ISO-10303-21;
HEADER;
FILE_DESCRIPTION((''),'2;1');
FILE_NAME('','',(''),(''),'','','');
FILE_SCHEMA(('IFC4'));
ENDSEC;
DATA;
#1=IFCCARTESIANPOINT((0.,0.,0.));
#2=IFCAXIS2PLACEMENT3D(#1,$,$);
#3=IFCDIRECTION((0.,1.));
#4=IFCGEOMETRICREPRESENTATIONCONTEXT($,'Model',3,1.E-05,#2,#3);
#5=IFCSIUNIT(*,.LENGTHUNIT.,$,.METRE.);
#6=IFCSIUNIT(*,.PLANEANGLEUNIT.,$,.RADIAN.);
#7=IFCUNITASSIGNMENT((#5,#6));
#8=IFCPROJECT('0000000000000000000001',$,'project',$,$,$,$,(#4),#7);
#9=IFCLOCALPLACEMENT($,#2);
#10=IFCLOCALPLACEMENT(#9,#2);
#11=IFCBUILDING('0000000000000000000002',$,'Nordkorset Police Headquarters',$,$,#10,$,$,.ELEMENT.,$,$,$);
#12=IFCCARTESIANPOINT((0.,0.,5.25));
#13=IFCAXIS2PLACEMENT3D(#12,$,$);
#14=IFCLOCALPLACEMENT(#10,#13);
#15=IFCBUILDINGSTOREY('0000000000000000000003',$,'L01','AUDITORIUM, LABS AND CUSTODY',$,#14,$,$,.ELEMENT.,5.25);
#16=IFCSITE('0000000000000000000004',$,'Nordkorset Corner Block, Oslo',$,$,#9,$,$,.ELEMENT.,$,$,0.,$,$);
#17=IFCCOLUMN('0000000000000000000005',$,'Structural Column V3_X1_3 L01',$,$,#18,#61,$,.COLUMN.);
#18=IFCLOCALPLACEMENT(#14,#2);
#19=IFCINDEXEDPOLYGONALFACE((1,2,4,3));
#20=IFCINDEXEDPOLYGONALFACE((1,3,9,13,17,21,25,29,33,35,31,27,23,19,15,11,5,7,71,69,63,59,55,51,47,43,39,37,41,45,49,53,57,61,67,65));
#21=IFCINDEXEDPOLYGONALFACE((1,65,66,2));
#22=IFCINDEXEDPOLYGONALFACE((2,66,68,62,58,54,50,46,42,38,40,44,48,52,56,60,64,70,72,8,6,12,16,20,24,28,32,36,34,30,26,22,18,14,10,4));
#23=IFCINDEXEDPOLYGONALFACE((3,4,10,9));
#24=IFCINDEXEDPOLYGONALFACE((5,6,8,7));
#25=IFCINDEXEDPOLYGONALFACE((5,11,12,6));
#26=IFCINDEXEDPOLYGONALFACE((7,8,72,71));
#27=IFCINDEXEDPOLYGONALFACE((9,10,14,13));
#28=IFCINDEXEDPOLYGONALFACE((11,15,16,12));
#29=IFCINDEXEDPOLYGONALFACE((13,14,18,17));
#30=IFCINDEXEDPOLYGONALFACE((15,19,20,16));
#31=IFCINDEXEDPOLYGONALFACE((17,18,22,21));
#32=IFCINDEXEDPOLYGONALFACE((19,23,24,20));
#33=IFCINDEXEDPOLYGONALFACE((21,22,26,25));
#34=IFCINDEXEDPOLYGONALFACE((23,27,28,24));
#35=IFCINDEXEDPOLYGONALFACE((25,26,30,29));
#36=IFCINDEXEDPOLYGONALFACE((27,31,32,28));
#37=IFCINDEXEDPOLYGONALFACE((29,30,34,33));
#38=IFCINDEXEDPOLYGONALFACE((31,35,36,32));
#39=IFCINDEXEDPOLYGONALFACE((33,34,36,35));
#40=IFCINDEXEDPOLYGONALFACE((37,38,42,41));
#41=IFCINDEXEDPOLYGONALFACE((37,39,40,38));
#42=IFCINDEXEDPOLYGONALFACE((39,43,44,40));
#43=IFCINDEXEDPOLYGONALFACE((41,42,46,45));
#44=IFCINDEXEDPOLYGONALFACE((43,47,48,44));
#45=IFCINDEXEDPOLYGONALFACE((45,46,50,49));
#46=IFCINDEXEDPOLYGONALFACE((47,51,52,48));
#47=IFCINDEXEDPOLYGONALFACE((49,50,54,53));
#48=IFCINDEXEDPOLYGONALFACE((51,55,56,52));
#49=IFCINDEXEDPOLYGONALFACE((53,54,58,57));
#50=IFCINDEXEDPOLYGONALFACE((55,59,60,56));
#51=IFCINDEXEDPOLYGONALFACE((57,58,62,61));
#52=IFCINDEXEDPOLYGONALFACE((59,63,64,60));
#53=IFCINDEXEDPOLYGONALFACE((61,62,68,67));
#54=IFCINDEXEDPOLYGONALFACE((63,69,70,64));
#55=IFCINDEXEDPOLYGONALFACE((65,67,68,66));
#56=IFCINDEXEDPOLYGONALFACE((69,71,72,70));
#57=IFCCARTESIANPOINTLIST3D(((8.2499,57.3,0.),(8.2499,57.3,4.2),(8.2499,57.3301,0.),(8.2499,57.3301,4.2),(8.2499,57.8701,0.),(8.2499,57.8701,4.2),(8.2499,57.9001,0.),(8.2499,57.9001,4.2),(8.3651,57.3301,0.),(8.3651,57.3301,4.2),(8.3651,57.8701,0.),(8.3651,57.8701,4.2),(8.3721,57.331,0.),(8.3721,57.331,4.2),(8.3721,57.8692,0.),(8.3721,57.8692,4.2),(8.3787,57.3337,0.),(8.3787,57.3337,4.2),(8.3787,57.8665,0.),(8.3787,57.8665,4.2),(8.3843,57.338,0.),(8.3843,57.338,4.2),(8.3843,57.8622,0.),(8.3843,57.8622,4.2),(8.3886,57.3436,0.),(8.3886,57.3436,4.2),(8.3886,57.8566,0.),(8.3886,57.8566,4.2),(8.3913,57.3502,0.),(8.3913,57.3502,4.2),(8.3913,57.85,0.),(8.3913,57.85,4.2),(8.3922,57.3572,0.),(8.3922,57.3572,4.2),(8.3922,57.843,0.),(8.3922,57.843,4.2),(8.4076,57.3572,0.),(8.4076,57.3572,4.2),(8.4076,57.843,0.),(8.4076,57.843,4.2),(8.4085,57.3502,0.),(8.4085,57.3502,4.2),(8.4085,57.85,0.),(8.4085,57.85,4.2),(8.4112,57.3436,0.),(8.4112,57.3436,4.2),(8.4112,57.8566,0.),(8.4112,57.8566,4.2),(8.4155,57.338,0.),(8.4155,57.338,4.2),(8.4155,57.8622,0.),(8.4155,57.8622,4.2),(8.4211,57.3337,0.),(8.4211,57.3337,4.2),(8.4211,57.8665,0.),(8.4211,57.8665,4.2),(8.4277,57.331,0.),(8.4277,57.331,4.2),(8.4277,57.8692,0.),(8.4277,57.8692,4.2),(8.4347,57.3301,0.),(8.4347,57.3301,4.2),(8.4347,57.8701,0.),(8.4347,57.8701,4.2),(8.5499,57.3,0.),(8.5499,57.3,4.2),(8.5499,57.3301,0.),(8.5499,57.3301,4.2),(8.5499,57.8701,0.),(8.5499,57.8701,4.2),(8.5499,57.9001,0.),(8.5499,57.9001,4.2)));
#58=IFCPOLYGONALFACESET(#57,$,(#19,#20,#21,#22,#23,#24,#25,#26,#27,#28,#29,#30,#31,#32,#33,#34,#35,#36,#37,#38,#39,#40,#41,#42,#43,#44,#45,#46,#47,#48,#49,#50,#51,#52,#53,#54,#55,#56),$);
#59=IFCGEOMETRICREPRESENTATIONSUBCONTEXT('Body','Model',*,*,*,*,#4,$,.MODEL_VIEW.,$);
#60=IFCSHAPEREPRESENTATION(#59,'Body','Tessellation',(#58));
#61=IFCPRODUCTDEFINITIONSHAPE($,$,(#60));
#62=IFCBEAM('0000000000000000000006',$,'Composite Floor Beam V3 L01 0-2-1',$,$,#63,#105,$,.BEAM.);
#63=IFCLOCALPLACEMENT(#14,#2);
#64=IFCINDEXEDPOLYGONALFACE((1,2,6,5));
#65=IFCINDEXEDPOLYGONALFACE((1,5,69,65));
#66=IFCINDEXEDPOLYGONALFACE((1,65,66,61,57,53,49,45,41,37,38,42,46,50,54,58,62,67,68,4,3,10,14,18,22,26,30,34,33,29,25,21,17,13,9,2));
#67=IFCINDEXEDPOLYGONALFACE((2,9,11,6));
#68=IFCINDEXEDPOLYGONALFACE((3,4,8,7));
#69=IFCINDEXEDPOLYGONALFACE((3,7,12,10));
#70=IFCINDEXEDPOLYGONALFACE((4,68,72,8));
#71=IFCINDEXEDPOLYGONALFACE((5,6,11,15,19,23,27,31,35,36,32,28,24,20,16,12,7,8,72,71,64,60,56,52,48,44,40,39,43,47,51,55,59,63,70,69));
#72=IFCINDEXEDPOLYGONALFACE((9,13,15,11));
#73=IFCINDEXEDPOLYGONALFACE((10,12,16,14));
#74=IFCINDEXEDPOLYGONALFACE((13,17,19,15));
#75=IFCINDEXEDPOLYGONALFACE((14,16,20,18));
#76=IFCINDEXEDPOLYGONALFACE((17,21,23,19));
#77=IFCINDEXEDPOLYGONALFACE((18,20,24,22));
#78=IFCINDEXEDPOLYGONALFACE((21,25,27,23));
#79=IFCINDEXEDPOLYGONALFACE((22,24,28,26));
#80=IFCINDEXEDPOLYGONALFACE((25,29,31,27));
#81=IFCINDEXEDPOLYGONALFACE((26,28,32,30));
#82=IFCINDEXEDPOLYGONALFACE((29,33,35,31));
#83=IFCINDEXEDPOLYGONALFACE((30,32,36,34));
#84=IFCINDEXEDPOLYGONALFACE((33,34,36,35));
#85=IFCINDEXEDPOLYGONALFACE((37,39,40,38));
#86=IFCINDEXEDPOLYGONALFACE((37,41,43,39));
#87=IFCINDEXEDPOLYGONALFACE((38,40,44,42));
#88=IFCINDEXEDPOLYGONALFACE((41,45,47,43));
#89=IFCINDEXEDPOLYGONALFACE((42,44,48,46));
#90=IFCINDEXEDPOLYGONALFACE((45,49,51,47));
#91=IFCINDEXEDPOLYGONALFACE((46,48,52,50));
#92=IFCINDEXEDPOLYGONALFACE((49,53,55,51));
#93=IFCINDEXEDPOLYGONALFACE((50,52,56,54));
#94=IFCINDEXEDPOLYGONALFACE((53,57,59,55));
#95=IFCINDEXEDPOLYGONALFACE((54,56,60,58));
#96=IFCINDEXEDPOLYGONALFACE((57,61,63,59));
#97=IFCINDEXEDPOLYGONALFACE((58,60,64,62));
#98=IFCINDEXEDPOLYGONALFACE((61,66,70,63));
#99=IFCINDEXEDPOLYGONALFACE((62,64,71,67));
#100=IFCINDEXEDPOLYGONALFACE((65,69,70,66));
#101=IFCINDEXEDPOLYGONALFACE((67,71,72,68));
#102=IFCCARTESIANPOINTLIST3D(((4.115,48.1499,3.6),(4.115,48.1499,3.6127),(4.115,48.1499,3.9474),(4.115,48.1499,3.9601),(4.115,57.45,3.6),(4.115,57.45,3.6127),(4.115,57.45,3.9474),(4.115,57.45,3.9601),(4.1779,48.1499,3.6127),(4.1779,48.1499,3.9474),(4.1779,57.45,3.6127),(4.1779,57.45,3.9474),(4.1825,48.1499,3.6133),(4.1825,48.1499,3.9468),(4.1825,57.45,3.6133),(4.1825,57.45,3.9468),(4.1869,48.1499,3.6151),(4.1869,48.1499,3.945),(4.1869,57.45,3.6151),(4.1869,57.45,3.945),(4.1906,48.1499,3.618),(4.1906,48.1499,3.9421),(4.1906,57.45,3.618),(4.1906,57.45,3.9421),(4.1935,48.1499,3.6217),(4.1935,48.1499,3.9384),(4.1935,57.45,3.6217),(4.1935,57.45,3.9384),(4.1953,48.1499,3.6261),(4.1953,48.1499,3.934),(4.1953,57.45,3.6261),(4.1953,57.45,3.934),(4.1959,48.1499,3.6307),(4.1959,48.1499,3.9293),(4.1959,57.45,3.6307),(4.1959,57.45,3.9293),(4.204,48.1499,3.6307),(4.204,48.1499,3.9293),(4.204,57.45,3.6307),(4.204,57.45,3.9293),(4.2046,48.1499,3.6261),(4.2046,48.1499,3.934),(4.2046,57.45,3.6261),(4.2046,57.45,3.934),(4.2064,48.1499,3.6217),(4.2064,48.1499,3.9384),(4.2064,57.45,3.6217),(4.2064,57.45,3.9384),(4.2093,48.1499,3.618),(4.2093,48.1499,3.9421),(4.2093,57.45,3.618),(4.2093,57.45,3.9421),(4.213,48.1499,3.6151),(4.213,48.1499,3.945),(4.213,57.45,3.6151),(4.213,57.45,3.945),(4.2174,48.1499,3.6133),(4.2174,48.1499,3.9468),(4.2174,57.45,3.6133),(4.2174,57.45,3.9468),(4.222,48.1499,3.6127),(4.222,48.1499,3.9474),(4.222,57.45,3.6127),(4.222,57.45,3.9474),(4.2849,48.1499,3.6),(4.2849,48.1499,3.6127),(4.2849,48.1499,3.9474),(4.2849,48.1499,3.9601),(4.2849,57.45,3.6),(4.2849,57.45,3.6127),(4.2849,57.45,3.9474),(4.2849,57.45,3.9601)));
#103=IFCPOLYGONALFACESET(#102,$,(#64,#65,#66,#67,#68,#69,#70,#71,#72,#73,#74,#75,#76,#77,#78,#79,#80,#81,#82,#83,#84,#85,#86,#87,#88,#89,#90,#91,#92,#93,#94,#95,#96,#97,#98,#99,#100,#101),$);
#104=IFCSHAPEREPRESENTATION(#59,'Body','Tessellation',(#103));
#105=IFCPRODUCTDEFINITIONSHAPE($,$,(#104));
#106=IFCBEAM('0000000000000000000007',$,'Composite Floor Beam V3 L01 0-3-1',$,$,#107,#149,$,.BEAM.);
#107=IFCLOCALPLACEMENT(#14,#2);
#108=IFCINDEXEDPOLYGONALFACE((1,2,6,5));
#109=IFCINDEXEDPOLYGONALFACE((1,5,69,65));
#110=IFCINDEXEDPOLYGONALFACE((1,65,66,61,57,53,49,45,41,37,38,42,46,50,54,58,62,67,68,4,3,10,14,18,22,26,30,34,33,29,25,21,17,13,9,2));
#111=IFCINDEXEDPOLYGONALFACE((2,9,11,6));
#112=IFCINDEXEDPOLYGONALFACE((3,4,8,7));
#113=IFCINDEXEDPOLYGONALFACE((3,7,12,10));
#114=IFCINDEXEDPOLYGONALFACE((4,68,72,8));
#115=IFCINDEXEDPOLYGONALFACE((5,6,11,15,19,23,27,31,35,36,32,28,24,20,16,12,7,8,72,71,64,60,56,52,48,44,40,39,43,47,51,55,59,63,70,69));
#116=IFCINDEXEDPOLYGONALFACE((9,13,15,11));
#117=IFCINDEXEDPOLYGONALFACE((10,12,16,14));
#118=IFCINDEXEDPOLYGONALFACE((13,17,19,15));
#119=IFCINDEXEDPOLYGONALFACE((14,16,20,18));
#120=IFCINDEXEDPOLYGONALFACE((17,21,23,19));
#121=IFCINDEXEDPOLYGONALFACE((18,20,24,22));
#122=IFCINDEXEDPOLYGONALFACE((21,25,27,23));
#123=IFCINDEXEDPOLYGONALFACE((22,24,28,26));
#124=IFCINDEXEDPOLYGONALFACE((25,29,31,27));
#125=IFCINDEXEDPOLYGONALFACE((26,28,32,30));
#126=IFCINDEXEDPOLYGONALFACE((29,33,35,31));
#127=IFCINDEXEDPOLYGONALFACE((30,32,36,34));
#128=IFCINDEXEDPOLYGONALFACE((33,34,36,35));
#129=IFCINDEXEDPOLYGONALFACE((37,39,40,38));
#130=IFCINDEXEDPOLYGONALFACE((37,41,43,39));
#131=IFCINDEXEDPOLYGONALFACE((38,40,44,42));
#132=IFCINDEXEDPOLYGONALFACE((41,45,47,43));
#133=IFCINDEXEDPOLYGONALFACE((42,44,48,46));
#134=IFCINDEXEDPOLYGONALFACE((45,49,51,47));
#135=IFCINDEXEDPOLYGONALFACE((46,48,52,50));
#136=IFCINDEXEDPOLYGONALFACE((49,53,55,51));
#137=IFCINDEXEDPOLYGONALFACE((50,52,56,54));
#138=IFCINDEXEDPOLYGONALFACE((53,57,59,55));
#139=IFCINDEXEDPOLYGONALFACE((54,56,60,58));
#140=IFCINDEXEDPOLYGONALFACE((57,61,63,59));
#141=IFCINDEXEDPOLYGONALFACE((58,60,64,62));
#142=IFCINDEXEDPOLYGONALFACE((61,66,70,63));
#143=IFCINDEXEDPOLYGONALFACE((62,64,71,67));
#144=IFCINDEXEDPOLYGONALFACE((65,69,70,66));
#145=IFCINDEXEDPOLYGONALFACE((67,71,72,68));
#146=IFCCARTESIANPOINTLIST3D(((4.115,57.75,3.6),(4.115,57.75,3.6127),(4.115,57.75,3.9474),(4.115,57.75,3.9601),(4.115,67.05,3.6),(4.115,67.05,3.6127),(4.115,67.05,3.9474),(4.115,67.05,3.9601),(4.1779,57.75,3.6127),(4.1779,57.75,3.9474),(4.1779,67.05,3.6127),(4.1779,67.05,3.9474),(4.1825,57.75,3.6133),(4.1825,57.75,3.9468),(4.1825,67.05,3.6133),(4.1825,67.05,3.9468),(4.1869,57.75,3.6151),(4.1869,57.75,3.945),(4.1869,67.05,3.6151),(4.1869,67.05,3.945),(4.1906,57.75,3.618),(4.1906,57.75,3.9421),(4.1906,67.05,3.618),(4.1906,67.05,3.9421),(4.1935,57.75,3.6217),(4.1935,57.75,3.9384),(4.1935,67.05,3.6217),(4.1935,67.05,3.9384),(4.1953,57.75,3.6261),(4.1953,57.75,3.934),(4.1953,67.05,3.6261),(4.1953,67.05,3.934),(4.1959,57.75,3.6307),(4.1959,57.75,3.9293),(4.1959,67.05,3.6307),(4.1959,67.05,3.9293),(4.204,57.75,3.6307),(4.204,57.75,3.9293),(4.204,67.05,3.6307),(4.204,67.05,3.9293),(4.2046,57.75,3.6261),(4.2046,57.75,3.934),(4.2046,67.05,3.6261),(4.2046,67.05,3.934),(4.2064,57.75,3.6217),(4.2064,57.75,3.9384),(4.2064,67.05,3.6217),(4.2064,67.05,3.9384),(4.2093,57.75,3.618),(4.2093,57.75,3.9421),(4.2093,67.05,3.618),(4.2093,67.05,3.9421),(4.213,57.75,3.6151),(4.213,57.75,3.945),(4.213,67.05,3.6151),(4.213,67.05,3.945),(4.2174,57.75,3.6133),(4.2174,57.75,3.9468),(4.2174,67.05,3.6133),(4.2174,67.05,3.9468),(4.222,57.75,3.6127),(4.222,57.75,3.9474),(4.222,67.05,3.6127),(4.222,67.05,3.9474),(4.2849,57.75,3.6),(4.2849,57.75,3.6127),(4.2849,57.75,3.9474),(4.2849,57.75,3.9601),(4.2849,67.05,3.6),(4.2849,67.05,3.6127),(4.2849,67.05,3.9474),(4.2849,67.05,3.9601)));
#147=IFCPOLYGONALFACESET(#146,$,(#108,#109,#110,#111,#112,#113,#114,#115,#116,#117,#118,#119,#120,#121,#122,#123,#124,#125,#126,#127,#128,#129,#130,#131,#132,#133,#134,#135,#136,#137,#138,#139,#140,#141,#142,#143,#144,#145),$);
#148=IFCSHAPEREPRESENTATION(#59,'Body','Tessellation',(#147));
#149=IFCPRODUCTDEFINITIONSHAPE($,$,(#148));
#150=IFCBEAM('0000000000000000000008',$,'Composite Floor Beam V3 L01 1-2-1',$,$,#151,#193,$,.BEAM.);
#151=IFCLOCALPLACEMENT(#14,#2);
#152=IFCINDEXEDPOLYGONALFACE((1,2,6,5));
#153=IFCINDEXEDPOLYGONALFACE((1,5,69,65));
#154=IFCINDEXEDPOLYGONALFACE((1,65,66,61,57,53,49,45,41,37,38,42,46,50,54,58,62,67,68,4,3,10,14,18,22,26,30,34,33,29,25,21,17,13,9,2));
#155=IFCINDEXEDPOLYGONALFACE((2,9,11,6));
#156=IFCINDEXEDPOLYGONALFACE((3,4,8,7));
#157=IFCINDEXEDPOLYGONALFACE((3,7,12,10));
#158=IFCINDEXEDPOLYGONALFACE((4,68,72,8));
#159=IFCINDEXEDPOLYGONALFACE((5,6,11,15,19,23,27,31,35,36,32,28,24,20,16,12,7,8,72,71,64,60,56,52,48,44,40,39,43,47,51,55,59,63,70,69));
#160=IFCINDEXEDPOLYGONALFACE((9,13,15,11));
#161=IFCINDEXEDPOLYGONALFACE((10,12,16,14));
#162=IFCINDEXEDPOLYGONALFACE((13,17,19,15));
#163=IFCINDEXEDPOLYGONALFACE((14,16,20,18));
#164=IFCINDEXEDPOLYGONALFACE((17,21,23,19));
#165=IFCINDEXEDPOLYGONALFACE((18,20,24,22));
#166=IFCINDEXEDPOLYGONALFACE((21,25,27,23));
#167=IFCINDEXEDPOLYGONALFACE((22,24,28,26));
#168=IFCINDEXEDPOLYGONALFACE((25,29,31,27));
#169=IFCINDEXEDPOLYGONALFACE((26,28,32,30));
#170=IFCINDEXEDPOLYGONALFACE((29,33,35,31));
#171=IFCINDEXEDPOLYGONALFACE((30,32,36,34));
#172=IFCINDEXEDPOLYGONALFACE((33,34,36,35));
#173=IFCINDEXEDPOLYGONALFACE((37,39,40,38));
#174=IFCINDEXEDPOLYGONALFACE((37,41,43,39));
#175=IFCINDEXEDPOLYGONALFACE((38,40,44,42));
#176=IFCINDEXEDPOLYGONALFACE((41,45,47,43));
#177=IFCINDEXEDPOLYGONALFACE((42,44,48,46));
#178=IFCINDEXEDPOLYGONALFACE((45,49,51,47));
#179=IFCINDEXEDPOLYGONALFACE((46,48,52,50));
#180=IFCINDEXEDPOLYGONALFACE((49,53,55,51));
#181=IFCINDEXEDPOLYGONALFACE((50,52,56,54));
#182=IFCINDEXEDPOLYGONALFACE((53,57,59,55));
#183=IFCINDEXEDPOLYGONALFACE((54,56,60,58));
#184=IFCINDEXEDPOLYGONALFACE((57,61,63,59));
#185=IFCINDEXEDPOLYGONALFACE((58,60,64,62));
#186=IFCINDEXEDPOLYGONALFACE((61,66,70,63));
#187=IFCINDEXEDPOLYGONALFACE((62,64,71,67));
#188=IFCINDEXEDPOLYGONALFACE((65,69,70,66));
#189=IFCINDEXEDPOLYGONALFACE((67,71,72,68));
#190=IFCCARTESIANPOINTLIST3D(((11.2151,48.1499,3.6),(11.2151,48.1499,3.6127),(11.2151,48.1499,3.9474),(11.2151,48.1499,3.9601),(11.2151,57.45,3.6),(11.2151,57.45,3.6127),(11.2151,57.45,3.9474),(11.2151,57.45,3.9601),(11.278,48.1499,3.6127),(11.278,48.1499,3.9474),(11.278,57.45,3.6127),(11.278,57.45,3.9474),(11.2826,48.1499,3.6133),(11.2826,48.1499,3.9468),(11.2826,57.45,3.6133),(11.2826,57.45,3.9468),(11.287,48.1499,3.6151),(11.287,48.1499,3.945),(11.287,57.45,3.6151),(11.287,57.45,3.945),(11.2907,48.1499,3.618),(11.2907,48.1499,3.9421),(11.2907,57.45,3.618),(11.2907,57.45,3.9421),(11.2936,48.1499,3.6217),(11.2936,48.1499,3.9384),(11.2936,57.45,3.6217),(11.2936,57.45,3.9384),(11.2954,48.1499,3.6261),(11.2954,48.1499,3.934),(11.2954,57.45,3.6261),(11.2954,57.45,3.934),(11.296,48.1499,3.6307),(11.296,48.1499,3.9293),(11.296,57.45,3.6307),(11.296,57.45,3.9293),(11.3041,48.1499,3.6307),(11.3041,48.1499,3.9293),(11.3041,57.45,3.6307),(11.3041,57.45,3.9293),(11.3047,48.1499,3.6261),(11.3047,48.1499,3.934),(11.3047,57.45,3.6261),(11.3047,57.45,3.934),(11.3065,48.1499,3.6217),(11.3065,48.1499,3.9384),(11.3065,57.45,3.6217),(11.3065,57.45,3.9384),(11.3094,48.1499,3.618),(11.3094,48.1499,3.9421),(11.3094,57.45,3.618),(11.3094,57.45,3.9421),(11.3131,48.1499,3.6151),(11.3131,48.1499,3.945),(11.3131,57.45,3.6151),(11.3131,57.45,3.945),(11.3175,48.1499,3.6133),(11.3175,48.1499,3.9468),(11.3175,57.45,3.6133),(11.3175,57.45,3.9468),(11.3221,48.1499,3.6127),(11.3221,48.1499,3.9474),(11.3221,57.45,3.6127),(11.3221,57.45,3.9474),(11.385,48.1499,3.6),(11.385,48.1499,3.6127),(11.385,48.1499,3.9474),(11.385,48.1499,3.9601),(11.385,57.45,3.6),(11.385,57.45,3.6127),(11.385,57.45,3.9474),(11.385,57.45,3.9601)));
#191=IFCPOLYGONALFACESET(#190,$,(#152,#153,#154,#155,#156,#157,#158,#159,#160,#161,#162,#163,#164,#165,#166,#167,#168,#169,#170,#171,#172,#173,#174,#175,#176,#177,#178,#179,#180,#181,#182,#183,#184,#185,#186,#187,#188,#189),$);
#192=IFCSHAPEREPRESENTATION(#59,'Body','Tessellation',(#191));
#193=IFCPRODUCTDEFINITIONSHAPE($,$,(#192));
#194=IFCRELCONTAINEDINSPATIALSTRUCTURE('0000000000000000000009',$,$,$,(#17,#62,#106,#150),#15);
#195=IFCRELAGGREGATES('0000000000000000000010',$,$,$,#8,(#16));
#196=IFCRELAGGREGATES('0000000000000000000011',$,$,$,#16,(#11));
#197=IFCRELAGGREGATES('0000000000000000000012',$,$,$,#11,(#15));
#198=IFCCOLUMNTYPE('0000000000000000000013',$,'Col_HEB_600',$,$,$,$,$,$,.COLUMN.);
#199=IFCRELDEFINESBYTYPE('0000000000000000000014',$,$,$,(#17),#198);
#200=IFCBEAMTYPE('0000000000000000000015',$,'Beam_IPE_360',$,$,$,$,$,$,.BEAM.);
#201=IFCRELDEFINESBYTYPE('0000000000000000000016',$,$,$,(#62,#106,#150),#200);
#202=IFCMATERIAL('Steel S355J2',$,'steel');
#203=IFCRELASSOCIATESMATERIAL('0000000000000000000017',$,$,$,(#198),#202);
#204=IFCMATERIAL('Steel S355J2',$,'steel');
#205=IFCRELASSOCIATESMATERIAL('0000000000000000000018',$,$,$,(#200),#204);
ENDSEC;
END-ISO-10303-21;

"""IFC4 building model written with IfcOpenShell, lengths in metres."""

from ifc_helpers import new_model, si_unit, direction, frame, origin, origin_2d, place, context, subcontext, project, spatial, i_section, extrude, material, material_profile, profile_set, type_object, element, save


model = new_model("IFC4")

# Units and contexts
model_context = context("Model", 3, precision=1e-05, world=origin(), true_north=direction((0.0, 1.0)))
body_context = subcontext(model_context, "Body", "Model", "MODEL_VIEW")
ifc_project = project(units=[si_unit("LENGTHUNIT", "METRE"), si_unit("PLANEANGLEUNIT", "RADIAN")], contexts=[model_context])

# Site, building, storey
site_placement = place(None, origin())
site = spatial("IfcSite", under=ifc_project, at=site_placement, Name="Nordkorset Corner Block, Oslo", CompositionType="ELEMENT", RefElevation=0.0)
building_placement = place(site_placement, origin())
building = spatial("IfcBuilding", under=site, at=building_placement, Name="Nordkorset Police Headquarters", CompositionType="ELEMENT")
storey_placement = place(building_placement, frame((0.0, 0.0, 5.25)))
storey = spatial("IfcBuildingStorey", under=building, at=storey_placement, Name="L01", Description="AUDITORIUM, LABS AND CUSTODY", CompositionType="ELEMENT", Elevation=5.25)

# Column
ifc_material_1 = material(Name="Steel S355J2", Category="steel")
ifc_material_profile_1 = material_profile(ifc_material_1, i_section(OverallWidth=0.3, OverallDepth=0.6001, WebThickness=0.0154, FlangeThickness=0.03, FilletRadius=0.0271, at=origin_2d()), Name="HEB 600")
ifc_profile_set_1 = profile_set([ifc_material_profile_1], Name="Steel S355J2")
column_type = type_object("IfcColumnType", Name="Col_HEB_600", PredefinedType="COLUMN", material=ifc_profile_set_1)
for number, where, z_axis, x_axis, name in (
    (1, (8.3999, 57.6001, 0.0), (0.0, 0.0, 1.0), (1.0, 0.0, 0.0), "Structural Column V3_X1_3 L01"),
):
    element("IfcColumn", number, at=place(storey_placement, frame(where, z_axis=z_axis, x_axis=x_axis)), inside=storey, type_object=column_type, Name=name, PredefinedType="COLUMN", context=body_context, shape_type="SweptSolid", body=[
        extrude(i_section(OverallWidth=0.3, OverallDepth=0.6001, WebThickness=0.0154, FlangeThickness=0.03, FilletRadius=0.0271, at=origin_2d()), origin(), (0.0, 0.0, 1.0), 4.2),
    ])

# Beams
ifc_material_2 = material(Name="Steel S355J2", Category="steel")
ifc_material_profile_2 = material_profile(ifc_material_2, i_section(OverallWidth=0.1699, OverallDepth=0.3601, WebThickness=0.0081, FlangeThickness=0.0127, FilletRadius=0.0181, at=origin_2d()), Name="IPE 360")
ifc_profile_set_2 = profile_set([ifc_material_profile_2], Name="Steel S355J2")
beam_type_1 = type_object("IfcBeamType", Name="Beam_IPE_360", PredefinedType="BEAM", material=ifc_profile_set_2)
for number, where, z_axis, x_axis, name in (
    (2, (4.2, 48.1499, 3.78), (0.0, 1.0, 0.0), (-1.0, 0.0, 0.0), "Composite Floor Beam V3 L01 0-2-1"),
    (3, (4.2, 57.75, 3.78), (0.0, 1.0, 0.0), (-1.0, 0.0, 0.0), "Composite Floor Beam V3 L01 0-3-1"),
    (4, (11.3, 48.1499, 3.78), (0.0, 1.0, 0.0), (-1.0, 0.0, 0.0), "Composite Floor Beam V3 L01 1-2-1"),
):
    element("IfcBeam", number, at=place(storey_placement, frame(where, z_axis=z_axis, x_axis=x_axis)), inside=storey, type_object=beam_type_1, Name=name, PredefinedType="BEAM", context=body_context, shape_type="SweptSolid", body=[
        extrude(i_section(OverallWidth=0.1699, OverallDepth=0.3601, WebThickness=0.0081, FlangeThickness=0.0127, FilletRadius=0.0181, at=origin_2d()), origin(), (0.0, 0.0, 1.0), 9.3),
    ])

save(model, "model.ifc")
